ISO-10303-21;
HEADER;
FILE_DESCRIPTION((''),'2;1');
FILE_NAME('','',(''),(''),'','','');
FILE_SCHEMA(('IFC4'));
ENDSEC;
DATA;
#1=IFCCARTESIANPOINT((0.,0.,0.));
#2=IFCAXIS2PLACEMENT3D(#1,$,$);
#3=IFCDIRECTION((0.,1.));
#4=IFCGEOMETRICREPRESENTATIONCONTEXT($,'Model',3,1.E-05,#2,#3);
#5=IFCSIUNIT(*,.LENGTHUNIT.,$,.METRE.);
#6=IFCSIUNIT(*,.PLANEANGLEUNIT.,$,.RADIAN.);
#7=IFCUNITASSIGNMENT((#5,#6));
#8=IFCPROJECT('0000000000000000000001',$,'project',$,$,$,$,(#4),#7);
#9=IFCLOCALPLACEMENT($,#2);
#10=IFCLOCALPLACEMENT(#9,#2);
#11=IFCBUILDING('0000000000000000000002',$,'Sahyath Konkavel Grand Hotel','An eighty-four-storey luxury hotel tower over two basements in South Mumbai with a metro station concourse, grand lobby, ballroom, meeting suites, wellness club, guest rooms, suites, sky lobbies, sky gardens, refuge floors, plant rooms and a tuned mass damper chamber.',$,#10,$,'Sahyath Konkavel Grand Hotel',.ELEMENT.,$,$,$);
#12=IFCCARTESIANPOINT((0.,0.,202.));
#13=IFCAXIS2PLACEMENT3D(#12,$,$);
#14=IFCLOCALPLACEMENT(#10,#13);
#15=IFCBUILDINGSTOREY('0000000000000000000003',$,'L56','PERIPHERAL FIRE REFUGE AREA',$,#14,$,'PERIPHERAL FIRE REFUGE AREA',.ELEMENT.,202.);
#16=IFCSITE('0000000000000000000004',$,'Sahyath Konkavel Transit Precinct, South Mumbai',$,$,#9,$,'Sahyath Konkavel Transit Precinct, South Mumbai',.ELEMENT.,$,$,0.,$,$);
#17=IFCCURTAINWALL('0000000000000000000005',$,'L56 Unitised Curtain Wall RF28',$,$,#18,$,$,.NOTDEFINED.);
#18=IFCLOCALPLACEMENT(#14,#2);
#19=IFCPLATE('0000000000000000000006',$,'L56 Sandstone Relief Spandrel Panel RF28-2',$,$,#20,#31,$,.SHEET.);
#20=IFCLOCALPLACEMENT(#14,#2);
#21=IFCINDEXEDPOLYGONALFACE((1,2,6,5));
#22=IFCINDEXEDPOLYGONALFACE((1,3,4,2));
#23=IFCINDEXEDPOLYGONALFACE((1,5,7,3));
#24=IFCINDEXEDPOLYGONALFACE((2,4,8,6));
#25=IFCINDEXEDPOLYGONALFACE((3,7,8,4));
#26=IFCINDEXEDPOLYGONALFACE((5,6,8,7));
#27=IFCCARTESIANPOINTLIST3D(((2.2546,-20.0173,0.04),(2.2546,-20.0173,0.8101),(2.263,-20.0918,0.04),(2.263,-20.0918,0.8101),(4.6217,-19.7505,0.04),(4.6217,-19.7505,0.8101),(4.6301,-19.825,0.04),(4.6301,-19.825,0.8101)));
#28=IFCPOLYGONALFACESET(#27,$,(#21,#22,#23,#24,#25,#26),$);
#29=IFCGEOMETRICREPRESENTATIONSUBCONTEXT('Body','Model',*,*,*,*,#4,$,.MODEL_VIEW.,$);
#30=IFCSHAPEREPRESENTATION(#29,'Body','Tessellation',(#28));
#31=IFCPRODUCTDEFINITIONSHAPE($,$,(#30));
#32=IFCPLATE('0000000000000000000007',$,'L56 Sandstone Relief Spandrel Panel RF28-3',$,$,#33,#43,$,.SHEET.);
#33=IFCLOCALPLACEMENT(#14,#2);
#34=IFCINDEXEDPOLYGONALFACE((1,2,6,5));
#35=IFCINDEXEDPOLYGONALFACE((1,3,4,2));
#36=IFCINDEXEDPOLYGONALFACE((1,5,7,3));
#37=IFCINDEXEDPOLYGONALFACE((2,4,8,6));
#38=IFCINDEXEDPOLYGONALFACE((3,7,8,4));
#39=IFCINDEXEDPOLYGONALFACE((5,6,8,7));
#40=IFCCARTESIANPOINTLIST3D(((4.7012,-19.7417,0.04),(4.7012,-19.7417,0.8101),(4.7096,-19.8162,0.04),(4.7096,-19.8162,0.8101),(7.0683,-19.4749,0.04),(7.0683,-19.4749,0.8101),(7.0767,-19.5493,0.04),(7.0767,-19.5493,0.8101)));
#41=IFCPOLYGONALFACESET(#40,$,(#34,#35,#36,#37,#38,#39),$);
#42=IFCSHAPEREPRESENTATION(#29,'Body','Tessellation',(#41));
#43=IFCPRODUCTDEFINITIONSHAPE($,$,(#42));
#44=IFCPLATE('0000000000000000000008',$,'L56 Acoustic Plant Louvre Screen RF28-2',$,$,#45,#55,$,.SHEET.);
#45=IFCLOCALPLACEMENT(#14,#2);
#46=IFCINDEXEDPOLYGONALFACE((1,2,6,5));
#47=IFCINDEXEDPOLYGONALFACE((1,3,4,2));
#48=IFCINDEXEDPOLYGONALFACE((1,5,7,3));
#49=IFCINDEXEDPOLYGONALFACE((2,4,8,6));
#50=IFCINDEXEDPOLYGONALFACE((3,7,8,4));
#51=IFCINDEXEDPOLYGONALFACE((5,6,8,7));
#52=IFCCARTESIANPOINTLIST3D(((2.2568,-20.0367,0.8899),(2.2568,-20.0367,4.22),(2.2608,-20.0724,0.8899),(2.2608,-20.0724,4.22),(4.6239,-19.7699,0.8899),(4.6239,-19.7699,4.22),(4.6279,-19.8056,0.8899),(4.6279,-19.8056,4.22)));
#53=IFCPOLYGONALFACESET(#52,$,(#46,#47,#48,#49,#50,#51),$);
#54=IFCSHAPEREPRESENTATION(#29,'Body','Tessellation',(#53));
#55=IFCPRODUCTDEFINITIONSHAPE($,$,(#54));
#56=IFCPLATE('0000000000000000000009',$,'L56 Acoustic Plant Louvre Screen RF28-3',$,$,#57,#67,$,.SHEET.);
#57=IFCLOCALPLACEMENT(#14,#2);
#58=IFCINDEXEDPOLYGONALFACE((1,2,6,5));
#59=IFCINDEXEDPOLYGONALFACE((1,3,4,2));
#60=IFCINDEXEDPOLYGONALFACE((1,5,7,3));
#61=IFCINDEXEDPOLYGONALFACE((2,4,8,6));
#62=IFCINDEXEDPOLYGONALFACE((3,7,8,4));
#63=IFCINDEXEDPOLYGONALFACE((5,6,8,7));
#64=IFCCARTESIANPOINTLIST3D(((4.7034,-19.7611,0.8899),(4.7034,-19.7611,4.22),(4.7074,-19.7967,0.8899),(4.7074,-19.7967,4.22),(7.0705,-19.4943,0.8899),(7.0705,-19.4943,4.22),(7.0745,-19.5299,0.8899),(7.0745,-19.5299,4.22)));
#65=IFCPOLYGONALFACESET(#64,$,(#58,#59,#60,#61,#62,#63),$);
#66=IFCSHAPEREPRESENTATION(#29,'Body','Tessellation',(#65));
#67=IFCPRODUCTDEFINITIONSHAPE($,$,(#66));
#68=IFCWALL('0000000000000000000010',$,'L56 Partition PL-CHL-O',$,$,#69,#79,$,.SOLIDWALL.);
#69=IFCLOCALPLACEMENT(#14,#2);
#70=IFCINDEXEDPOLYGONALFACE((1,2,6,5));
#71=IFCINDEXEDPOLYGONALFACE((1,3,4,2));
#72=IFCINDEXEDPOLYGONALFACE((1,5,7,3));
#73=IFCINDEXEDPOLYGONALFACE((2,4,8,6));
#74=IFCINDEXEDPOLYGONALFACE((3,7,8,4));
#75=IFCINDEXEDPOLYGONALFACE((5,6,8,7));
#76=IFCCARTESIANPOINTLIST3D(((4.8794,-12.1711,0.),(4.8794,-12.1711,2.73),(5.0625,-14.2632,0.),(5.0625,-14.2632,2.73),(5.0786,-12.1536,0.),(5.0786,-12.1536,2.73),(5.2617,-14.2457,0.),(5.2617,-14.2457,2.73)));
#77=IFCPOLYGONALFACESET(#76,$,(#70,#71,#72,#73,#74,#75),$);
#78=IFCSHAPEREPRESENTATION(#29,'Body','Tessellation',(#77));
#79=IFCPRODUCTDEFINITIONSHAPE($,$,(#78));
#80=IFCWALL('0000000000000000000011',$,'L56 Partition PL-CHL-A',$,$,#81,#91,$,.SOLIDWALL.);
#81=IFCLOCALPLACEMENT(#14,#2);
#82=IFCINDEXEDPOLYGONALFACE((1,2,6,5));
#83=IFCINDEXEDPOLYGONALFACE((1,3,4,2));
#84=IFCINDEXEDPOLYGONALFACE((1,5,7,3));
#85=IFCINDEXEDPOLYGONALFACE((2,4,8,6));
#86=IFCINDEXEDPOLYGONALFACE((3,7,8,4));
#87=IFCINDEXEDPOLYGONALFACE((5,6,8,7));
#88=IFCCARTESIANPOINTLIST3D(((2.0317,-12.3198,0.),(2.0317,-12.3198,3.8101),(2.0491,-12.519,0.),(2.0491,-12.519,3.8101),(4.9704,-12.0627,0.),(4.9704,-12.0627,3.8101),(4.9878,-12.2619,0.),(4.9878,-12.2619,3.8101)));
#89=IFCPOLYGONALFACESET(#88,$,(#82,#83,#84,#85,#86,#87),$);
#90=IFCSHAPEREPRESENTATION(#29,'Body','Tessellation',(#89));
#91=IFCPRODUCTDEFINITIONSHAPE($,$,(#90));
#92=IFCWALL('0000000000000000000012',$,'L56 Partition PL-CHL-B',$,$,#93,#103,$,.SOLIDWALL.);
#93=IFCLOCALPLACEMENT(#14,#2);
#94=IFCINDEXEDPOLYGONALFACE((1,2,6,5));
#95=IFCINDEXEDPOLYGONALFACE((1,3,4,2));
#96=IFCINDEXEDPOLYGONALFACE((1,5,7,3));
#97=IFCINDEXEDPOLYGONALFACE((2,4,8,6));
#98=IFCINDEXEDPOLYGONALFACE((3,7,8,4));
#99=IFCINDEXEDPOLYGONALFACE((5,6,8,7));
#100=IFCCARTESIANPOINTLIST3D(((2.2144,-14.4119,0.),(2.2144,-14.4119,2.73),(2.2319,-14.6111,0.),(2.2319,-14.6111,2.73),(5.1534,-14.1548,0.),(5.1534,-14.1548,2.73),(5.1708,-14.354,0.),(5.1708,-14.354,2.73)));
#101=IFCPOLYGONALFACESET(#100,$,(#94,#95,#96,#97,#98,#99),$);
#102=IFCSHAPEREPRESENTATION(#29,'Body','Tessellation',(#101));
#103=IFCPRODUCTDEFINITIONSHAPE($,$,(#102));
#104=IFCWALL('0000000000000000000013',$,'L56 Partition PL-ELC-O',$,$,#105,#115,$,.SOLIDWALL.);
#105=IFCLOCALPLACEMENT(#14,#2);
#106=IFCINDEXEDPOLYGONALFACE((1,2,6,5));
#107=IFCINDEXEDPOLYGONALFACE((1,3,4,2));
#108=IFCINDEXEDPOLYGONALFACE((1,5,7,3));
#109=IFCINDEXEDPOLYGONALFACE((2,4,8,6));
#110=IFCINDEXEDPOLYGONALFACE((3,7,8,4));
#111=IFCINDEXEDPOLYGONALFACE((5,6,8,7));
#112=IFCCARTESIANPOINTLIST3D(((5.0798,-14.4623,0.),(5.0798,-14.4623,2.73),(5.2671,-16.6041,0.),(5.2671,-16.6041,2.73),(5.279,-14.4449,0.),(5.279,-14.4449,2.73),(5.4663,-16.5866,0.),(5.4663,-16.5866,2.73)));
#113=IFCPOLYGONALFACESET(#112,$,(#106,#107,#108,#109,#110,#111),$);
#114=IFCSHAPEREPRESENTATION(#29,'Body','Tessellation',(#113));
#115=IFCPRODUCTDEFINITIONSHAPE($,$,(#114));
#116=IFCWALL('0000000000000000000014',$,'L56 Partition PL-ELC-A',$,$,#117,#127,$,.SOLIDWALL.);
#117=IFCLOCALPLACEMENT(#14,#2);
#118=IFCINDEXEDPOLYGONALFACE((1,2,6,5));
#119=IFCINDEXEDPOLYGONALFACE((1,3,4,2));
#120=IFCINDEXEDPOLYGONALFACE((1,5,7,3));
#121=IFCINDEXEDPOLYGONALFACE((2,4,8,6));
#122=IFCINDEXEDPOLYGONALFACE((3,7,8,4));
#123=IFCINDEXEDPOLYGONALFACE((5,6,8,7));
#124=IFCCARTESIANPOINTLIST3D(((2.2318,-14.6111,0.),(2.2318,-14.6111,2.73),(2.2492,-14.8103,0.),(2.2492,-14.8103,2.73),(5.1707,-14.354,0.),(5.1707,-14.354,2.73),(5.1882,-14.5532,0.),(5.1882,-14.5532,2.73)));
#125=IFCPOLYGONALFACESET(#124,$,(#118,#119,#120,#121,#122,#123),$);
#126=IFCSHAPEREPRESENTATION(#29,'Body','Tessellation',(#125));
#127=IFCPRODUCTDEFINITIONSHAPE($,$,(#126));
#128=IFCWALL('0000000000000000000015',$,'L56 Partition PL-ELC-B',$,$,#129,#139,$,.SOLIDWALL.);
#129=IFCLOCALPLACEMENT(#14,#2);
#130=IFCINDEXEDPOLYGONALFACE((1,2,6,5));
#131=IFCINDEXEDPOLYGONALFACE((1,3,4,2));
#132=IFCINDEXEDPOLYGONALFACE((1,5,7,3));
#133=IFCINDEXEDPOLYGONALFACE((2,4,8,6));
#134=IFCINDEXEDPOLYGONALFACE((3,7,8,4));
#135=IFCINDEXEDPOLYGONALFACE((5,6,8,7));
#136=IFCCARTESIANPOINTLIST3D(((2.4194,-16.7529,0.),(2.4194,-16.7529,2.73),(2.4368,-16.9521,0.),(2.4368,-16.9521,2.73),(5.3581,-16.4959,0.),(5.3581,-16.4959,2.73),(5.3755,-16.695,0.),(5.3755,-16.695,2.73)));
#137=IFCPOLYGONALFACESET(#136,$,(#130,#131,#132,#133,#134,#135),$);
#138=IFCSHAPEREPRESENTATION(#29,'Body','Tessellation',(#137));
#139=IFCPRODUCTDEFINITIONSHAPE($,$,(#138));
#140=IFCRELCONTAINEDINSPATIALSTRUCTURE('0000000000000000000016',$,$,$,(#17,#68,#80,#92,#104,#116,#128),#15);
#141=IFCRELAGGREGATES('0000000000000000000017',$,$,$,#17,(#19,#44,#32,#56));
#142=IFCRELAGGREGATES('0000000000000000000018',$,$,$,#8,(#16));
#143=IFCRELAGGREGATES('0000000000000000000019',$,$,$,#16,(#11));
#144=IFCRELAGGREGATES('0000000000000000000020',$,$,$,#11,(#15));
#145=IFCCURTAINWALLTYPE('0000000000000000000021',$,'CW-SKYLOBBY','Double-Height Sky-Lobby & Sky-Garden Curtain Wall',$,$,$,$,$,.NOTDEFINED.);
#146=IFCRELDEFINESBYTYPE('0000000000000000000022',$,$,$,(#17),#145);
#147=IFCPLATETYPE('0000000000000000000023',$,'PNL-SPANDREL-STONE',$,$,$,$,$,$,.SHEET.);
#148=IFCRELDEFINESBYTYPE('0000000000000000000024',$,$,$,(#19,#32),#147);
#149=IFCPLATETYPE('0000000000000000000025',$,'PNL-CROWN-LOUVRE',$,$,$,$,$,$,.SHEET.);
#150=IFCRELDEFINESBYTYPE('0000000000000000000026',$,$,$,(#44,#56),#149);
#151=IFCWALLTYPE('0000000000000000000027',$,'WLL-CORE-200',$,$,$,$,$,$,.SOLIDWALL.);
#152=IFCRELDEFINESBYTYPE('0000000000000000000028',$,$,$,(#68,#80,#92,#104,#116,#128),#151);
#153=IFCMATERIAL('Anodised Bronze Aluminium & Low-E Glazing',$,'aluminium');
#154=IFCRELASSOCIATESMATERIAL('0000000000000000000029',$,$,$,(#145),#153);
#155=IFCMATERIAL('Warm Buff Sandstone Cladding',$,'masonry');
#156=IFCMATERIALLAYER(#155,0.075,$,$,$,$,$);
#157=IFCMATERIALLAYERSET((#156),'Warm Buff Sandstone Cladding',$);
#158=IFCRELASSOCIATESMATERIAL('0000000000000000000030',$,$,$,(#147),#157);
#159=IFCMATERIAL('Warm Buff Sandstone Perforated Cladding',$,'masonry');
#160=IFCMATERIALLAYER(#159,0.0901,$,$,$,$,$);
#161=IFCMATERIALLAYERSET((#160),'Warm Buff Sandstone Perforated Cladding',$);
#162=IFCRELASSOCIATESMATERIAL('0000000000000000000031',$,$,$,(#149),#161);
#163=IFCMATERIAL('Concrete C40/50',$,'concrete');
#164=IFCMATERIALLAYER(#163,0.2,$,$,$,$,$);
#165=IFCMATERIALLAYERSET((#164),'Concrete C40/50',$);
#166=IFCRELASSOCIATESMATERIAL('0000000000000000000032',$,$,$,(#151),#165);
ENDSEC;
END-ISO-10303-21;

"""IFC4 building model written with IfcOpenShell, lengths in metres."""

from ifc_helpers import new_model, si_unit, direction, frame, frame_2d, origin, origin_2d, place, context, subcontext, project, spatial, rectangle, extrude, source, transform, mapped, material, layer, layer_set, type_object, element, aggregate, save


model = new_model("IFC4")

# Units and contexts
model_context = context("Model", 3, precision=1e-05, world=origin(), true_north=direction((0.0, 1.0)))
body_context = subcontext(model_context, "Body", "Model", "MODEL_VIEW")
ifc_project = project(units=[si_unit("LENGTHUNIT", "METRE"), si_unit("PLANEANGLEUNIT", "RADIAN")], contexts=[model_context])

# Site, building, storey
site_placement = place(None, origin())
site = spatial("IfcSite", under=ifc_project, at=site_placement, Name="Sahyath Konkavel Transit Precinct, South Mumbai", LongName="Sahyath Konkavel Transit Precinct, South Mumbai", CompositionType="ELEMENT", RefElevation=0.0)
building_placement = place(site_placement, origin())
building = spatial("IfcBuilding", under=site, at=building_placement, Name="Sahyath Konkavel Grand Hotel", Description="An eighty-four-storey luxury hotel tower over two basements in South Mumbai with a metro station concourse, grand lobby, ballroom, meeting suites, wellness club, guest rooms, suites, sky lobbies, sky gardens, refuge floors, plant rooms and a tuned mass damper chamber.", LongName="Sahyath Konkavel Grand Hotel", CompositionType="ELEMENT")
storey_placement = place(building_placement, frame((0.0, 0.0, 202.0)))
storey = spatial("IfcBuildingStorey", under=building, at=storey_placement, Name="L56", Description="PERIPHERAL FIRE REFUGE AREA", LongName="PERIPHERAL FIRE REFUGE AREA", CompositionType="ELEMENT", Elevation=202.0)

# Curtain wall
ifc_material_1 = material(Name="Anodised Bronze Aluminium & Low-E Glazing", Category="aluminium")
curtain_wall_type = type_object("IfcCurtainWallType", Name="CW-SKYLOBBY", Description="Double-Height Sky-Lobby & Sky-Garden Curtain Wall", PredefinedType="NOTDEFINED", material=ifc_material_1)
curtain_wall_placement = place(storey_placement, origin())
curtain_wall = element("IfcCurtainWall", 1, at=curtain_wall_placement, inside=storey, type_object=curtain_wall_type, Name="L56 Unitised Curtain Wall RF28", PredefinedType="NOTDEFINED")

# Plates
ifc_material_2 = material(Name="Warm Buff Sandstone Cladding", Category="masonry")
ifc_layer_1 = layer(ifc_material_2, 0.075)
ifc_layer_set_1 = layer_set([ifc_layer_1], Name="Warm Buff Sandstone Cladding")
plate_type_1 = type_object("IfcPlateType", Name="PNL-SPANDREL-STONE", PredefinedType="SHEET", material=ifc_layer_set_1)
shared_shape_1 = source(origin(), body_context, "Body", "SweptSolid", [
    extrude(rectangle(XDim=2.3821, YDim=0.075, at=origin_2d()), origin(), (0.0, 0.0, 1.0), 0.77),
])
plate_1_placement = place(storey_placement, frame((3.4424, -19.9211, 0.04), z_axis=(0.0, 0.0, 1.0), x_axis=(0.993707, 0.112007, 0.0)))
plate_1 = element("IfcPlate", 2, at=plate_1_placement, type_object=plate_type_1, Name="L56 Sandstone Relief Spandrel Panel RF28-2", PredefinedType="SHEET", context=body_context, shape_type="MappedRepresentation", body=[
    mapped(shared_shape_1, transform((0.0, 0.0, 0.0), scale=1.0)),
])
plate_2_placement = place(storey_placement, frame((5.8889, -19.6455, 0.04), z_axis=(0.0, 0.0, 1.0), x_axis=(0.993707, 0.112007, 0.0)))
plate_2 = element("IfcPlate", 3, at=plate_2_placement, type_object=plate_type_1, Name="L56 Sandstone Relief Spandrel Panel RF28-3", PredefinedType="SHEET", context=body_context, shape_type="MappedRepresentation", body=[
    mapped(shared_shape_1, transform((0.0, 0.0, 0.0), scale=1.0)),
])
ifc_material_3 = material(Name="Warm Buff Sandstone Perforated Cladding", Category="masonry")
ifc_layer_2 = layer(ifc_material_3, 0.0901)
ifc_layer_set_2 = layer_set([ifc_layer_2], Name="Warm Buff Sandstone Perforated Cladding")
plate_type_2 = type_object("IfcPlateType", Name="PNL-CROWN-LOUVRE", PredefinedType="SHEET", material=ifc_layer_set_2)
shared_shape_2 = source(origin(), body_context, "Body", "SweptSolid", [
    extrude(rectangle(XDim=2.3821, YDim=0.0359, at=origin_2d()), origin(), (0.0, 0.0, 1.0), 3.3301),
])
plate_3_placement = place(storey_placement, frame((3.4424, -19.9211, 0.8899), z_axis=(0.0, 0.0, 1.0), x_axis=(0.993707, 0.112007, 0.0)))
plate_3 = element("IfcPlate", 4, at=plate_3_placement, type_object=plate_type_2, Name="L56 Acoustic Plant Louvre Screen RF28-2", PredefinedType="SHEET", context=body_context, shape_type="MappedRepresentation", body=[
    mapped(shared_shape_2, transform((0.0, 0.0, 0.0), scale=1.0)),
])
plate_4_placement = place(storey_placement, frame((5.8889, -19.6455, 0.8899), z_axis=(0.0, 0.0, 1.0), x_axis=(0.993707, 0.112007, 0.0)))
plate_4 = element("IfcPlate", 5, at=plate_4_placement, type_object=plate_type_2, Name="L56 Acoustic Plant Louvre Screen RF28-3", PredefinedType="SHEET", context=body_context, shape_type="MappedRepresentation", body=[
    mapped(shared_shape_2, transform((0.0, 0.0, 0.0), scale=1.0)),
])
aggregate(curtain_wall, [plate_1, plate_3, plate_2, plate_4])

# Shared definitions
ifc_material_4 = material(Name="Concrete C40/50", Category="concrete")
ifc_layer_3 = layer(ifc_material_4, 0.2)
ifc_layer_set_3 = layer_set([ifc_layer_3], Name="Concrete C40/50")
wall_type = type_object("IfcWallType", Name="WLL-CORE-200", PredefinedType="SOLIDWALL", material=ifc_layer_set_3)

# Walls
wall_1_placement = place(storey_placement, frame((4.979, -12.1624, 0.0), z_axis=(0.0, 0.0, 1.0), x_axis=(0.087191, -0.996192, 0.0)))
element("IfcWall", 6, at=wall_1_placement, inside=storey, type_object=wall_type, Name="L56 Partition PL-CHL-O", PredefinedType="SOLIDWALL", context=body_context, shape_type="SweptSolid", body=[
    extrude(rectangle(XDim=2.1001, YDim=0.2, at=frame_2d((1.05, 0.0))), origin(), (0.0, 0.0, 1.0), 2.73),
])
wall_2_placement = place(storey_placement, frame((2.0403, -12.4194, 0.0), z_axis=(0.0, 0.0, 1.0), x_axis=(0.996195, 0.087147, 0.0)))
element("IfcWall", 7, at=wall_2_placement, inside=storey, type_object=wall_type, Name="L56 Partition PL-CHL-A", PredefinedType="SOLIDWALL", context=body_context, shape_type="SweptSolid", body=[
    extrude(rectangle(XDim=2.95, YDim=0.2, at=frame_2d((1.4751, 0.0))), origin(), (0.0, 0.0, 1.0), 3.8101),
])
wall_3_placement = place(storey_placement, frame((2.2231, -14.5115, 0.0), z_axis=(0.0, 0.0, 1.0), x_axis=(0.996196, 0.08714, 0.0)))
element("IfcWall", 8, at=wall_3_placement, inside=storey, type_object=wall_type, Name="L56 Partition PL-CHL-B", PredefinedType="SOLIDWALL", context=body_context, shape_type="SweptSolid", body=[
    extrude(rectangle(XDim=2.9502, YDim=0.2, at=frame_2d((1.4751, 0.0))), origin(), (0.0, 0.0, 1.0), 2.73),
])

# Walls
wall_4_placement = place(storey_placement, frame((5.1794, -14.4536, 0.0), z_axis=(0.0, 0.0, 1.0), x_axis=(0.087095, -0.9962, 0.0)))
element("IfcWall", 9, at=wall_4_placement, inside=storey, type_object=wall_type, Name="L56 Partition PL-ELC-O", PredefinedType="SOLIDWALL", context=body_context, shape_type="SweptSolid", body=[
    extrude(rectangle(XDim=2.1499, YDim=0.2, at=frame_2d((1.075, 0.0))), origin(), (0.0, 0.0, 1.0), 2.73),
])
wall_5_placement = place(storey_placement, frame((2.2405, -14.7107, 0.0), z_axis=(0.0, 0.0, 1.0), x_axis=(0.996196, 0.08714, 0.0)))
element("IfcWall", 10, at=wall_5_placement, inside=storey, type_object=wall_type, Name="L56 Partition PL-ELC-A", PredefinedType="SOLIDWALL", context=body_context, shape_type="SweptSolid", body=[
    extrude(rectangle(XDim=2.9502, YDim=0.2, at=frame_2d((1.4751, 0.0))), origin(), (0.0, 0.0, 1.0), 2.73),
])
wall_6_placement = place(storey_placement, frame((2.428, -16.8525, 0.0), z_axis=(0.0, 0.0, 1.0), x_axis=(0.996195, 0.087147, 0.0)))
element("IfcWall", 11, at=wall_6_placement, inside=storey, type_object=wall_type, Name="L56 Partition PL-ELC-B", PredefinedType="SOLIDWALL", context=body_context, shape_type="SweptSolid", body=[
    extrude(rectangle(XDim=2.95, YDim=0.2, at=frame_2d((1.4751, 0.0))), origin(), (0.0, 0.0, 1.0), 2.73),
])

save(model, "model.ifc")
